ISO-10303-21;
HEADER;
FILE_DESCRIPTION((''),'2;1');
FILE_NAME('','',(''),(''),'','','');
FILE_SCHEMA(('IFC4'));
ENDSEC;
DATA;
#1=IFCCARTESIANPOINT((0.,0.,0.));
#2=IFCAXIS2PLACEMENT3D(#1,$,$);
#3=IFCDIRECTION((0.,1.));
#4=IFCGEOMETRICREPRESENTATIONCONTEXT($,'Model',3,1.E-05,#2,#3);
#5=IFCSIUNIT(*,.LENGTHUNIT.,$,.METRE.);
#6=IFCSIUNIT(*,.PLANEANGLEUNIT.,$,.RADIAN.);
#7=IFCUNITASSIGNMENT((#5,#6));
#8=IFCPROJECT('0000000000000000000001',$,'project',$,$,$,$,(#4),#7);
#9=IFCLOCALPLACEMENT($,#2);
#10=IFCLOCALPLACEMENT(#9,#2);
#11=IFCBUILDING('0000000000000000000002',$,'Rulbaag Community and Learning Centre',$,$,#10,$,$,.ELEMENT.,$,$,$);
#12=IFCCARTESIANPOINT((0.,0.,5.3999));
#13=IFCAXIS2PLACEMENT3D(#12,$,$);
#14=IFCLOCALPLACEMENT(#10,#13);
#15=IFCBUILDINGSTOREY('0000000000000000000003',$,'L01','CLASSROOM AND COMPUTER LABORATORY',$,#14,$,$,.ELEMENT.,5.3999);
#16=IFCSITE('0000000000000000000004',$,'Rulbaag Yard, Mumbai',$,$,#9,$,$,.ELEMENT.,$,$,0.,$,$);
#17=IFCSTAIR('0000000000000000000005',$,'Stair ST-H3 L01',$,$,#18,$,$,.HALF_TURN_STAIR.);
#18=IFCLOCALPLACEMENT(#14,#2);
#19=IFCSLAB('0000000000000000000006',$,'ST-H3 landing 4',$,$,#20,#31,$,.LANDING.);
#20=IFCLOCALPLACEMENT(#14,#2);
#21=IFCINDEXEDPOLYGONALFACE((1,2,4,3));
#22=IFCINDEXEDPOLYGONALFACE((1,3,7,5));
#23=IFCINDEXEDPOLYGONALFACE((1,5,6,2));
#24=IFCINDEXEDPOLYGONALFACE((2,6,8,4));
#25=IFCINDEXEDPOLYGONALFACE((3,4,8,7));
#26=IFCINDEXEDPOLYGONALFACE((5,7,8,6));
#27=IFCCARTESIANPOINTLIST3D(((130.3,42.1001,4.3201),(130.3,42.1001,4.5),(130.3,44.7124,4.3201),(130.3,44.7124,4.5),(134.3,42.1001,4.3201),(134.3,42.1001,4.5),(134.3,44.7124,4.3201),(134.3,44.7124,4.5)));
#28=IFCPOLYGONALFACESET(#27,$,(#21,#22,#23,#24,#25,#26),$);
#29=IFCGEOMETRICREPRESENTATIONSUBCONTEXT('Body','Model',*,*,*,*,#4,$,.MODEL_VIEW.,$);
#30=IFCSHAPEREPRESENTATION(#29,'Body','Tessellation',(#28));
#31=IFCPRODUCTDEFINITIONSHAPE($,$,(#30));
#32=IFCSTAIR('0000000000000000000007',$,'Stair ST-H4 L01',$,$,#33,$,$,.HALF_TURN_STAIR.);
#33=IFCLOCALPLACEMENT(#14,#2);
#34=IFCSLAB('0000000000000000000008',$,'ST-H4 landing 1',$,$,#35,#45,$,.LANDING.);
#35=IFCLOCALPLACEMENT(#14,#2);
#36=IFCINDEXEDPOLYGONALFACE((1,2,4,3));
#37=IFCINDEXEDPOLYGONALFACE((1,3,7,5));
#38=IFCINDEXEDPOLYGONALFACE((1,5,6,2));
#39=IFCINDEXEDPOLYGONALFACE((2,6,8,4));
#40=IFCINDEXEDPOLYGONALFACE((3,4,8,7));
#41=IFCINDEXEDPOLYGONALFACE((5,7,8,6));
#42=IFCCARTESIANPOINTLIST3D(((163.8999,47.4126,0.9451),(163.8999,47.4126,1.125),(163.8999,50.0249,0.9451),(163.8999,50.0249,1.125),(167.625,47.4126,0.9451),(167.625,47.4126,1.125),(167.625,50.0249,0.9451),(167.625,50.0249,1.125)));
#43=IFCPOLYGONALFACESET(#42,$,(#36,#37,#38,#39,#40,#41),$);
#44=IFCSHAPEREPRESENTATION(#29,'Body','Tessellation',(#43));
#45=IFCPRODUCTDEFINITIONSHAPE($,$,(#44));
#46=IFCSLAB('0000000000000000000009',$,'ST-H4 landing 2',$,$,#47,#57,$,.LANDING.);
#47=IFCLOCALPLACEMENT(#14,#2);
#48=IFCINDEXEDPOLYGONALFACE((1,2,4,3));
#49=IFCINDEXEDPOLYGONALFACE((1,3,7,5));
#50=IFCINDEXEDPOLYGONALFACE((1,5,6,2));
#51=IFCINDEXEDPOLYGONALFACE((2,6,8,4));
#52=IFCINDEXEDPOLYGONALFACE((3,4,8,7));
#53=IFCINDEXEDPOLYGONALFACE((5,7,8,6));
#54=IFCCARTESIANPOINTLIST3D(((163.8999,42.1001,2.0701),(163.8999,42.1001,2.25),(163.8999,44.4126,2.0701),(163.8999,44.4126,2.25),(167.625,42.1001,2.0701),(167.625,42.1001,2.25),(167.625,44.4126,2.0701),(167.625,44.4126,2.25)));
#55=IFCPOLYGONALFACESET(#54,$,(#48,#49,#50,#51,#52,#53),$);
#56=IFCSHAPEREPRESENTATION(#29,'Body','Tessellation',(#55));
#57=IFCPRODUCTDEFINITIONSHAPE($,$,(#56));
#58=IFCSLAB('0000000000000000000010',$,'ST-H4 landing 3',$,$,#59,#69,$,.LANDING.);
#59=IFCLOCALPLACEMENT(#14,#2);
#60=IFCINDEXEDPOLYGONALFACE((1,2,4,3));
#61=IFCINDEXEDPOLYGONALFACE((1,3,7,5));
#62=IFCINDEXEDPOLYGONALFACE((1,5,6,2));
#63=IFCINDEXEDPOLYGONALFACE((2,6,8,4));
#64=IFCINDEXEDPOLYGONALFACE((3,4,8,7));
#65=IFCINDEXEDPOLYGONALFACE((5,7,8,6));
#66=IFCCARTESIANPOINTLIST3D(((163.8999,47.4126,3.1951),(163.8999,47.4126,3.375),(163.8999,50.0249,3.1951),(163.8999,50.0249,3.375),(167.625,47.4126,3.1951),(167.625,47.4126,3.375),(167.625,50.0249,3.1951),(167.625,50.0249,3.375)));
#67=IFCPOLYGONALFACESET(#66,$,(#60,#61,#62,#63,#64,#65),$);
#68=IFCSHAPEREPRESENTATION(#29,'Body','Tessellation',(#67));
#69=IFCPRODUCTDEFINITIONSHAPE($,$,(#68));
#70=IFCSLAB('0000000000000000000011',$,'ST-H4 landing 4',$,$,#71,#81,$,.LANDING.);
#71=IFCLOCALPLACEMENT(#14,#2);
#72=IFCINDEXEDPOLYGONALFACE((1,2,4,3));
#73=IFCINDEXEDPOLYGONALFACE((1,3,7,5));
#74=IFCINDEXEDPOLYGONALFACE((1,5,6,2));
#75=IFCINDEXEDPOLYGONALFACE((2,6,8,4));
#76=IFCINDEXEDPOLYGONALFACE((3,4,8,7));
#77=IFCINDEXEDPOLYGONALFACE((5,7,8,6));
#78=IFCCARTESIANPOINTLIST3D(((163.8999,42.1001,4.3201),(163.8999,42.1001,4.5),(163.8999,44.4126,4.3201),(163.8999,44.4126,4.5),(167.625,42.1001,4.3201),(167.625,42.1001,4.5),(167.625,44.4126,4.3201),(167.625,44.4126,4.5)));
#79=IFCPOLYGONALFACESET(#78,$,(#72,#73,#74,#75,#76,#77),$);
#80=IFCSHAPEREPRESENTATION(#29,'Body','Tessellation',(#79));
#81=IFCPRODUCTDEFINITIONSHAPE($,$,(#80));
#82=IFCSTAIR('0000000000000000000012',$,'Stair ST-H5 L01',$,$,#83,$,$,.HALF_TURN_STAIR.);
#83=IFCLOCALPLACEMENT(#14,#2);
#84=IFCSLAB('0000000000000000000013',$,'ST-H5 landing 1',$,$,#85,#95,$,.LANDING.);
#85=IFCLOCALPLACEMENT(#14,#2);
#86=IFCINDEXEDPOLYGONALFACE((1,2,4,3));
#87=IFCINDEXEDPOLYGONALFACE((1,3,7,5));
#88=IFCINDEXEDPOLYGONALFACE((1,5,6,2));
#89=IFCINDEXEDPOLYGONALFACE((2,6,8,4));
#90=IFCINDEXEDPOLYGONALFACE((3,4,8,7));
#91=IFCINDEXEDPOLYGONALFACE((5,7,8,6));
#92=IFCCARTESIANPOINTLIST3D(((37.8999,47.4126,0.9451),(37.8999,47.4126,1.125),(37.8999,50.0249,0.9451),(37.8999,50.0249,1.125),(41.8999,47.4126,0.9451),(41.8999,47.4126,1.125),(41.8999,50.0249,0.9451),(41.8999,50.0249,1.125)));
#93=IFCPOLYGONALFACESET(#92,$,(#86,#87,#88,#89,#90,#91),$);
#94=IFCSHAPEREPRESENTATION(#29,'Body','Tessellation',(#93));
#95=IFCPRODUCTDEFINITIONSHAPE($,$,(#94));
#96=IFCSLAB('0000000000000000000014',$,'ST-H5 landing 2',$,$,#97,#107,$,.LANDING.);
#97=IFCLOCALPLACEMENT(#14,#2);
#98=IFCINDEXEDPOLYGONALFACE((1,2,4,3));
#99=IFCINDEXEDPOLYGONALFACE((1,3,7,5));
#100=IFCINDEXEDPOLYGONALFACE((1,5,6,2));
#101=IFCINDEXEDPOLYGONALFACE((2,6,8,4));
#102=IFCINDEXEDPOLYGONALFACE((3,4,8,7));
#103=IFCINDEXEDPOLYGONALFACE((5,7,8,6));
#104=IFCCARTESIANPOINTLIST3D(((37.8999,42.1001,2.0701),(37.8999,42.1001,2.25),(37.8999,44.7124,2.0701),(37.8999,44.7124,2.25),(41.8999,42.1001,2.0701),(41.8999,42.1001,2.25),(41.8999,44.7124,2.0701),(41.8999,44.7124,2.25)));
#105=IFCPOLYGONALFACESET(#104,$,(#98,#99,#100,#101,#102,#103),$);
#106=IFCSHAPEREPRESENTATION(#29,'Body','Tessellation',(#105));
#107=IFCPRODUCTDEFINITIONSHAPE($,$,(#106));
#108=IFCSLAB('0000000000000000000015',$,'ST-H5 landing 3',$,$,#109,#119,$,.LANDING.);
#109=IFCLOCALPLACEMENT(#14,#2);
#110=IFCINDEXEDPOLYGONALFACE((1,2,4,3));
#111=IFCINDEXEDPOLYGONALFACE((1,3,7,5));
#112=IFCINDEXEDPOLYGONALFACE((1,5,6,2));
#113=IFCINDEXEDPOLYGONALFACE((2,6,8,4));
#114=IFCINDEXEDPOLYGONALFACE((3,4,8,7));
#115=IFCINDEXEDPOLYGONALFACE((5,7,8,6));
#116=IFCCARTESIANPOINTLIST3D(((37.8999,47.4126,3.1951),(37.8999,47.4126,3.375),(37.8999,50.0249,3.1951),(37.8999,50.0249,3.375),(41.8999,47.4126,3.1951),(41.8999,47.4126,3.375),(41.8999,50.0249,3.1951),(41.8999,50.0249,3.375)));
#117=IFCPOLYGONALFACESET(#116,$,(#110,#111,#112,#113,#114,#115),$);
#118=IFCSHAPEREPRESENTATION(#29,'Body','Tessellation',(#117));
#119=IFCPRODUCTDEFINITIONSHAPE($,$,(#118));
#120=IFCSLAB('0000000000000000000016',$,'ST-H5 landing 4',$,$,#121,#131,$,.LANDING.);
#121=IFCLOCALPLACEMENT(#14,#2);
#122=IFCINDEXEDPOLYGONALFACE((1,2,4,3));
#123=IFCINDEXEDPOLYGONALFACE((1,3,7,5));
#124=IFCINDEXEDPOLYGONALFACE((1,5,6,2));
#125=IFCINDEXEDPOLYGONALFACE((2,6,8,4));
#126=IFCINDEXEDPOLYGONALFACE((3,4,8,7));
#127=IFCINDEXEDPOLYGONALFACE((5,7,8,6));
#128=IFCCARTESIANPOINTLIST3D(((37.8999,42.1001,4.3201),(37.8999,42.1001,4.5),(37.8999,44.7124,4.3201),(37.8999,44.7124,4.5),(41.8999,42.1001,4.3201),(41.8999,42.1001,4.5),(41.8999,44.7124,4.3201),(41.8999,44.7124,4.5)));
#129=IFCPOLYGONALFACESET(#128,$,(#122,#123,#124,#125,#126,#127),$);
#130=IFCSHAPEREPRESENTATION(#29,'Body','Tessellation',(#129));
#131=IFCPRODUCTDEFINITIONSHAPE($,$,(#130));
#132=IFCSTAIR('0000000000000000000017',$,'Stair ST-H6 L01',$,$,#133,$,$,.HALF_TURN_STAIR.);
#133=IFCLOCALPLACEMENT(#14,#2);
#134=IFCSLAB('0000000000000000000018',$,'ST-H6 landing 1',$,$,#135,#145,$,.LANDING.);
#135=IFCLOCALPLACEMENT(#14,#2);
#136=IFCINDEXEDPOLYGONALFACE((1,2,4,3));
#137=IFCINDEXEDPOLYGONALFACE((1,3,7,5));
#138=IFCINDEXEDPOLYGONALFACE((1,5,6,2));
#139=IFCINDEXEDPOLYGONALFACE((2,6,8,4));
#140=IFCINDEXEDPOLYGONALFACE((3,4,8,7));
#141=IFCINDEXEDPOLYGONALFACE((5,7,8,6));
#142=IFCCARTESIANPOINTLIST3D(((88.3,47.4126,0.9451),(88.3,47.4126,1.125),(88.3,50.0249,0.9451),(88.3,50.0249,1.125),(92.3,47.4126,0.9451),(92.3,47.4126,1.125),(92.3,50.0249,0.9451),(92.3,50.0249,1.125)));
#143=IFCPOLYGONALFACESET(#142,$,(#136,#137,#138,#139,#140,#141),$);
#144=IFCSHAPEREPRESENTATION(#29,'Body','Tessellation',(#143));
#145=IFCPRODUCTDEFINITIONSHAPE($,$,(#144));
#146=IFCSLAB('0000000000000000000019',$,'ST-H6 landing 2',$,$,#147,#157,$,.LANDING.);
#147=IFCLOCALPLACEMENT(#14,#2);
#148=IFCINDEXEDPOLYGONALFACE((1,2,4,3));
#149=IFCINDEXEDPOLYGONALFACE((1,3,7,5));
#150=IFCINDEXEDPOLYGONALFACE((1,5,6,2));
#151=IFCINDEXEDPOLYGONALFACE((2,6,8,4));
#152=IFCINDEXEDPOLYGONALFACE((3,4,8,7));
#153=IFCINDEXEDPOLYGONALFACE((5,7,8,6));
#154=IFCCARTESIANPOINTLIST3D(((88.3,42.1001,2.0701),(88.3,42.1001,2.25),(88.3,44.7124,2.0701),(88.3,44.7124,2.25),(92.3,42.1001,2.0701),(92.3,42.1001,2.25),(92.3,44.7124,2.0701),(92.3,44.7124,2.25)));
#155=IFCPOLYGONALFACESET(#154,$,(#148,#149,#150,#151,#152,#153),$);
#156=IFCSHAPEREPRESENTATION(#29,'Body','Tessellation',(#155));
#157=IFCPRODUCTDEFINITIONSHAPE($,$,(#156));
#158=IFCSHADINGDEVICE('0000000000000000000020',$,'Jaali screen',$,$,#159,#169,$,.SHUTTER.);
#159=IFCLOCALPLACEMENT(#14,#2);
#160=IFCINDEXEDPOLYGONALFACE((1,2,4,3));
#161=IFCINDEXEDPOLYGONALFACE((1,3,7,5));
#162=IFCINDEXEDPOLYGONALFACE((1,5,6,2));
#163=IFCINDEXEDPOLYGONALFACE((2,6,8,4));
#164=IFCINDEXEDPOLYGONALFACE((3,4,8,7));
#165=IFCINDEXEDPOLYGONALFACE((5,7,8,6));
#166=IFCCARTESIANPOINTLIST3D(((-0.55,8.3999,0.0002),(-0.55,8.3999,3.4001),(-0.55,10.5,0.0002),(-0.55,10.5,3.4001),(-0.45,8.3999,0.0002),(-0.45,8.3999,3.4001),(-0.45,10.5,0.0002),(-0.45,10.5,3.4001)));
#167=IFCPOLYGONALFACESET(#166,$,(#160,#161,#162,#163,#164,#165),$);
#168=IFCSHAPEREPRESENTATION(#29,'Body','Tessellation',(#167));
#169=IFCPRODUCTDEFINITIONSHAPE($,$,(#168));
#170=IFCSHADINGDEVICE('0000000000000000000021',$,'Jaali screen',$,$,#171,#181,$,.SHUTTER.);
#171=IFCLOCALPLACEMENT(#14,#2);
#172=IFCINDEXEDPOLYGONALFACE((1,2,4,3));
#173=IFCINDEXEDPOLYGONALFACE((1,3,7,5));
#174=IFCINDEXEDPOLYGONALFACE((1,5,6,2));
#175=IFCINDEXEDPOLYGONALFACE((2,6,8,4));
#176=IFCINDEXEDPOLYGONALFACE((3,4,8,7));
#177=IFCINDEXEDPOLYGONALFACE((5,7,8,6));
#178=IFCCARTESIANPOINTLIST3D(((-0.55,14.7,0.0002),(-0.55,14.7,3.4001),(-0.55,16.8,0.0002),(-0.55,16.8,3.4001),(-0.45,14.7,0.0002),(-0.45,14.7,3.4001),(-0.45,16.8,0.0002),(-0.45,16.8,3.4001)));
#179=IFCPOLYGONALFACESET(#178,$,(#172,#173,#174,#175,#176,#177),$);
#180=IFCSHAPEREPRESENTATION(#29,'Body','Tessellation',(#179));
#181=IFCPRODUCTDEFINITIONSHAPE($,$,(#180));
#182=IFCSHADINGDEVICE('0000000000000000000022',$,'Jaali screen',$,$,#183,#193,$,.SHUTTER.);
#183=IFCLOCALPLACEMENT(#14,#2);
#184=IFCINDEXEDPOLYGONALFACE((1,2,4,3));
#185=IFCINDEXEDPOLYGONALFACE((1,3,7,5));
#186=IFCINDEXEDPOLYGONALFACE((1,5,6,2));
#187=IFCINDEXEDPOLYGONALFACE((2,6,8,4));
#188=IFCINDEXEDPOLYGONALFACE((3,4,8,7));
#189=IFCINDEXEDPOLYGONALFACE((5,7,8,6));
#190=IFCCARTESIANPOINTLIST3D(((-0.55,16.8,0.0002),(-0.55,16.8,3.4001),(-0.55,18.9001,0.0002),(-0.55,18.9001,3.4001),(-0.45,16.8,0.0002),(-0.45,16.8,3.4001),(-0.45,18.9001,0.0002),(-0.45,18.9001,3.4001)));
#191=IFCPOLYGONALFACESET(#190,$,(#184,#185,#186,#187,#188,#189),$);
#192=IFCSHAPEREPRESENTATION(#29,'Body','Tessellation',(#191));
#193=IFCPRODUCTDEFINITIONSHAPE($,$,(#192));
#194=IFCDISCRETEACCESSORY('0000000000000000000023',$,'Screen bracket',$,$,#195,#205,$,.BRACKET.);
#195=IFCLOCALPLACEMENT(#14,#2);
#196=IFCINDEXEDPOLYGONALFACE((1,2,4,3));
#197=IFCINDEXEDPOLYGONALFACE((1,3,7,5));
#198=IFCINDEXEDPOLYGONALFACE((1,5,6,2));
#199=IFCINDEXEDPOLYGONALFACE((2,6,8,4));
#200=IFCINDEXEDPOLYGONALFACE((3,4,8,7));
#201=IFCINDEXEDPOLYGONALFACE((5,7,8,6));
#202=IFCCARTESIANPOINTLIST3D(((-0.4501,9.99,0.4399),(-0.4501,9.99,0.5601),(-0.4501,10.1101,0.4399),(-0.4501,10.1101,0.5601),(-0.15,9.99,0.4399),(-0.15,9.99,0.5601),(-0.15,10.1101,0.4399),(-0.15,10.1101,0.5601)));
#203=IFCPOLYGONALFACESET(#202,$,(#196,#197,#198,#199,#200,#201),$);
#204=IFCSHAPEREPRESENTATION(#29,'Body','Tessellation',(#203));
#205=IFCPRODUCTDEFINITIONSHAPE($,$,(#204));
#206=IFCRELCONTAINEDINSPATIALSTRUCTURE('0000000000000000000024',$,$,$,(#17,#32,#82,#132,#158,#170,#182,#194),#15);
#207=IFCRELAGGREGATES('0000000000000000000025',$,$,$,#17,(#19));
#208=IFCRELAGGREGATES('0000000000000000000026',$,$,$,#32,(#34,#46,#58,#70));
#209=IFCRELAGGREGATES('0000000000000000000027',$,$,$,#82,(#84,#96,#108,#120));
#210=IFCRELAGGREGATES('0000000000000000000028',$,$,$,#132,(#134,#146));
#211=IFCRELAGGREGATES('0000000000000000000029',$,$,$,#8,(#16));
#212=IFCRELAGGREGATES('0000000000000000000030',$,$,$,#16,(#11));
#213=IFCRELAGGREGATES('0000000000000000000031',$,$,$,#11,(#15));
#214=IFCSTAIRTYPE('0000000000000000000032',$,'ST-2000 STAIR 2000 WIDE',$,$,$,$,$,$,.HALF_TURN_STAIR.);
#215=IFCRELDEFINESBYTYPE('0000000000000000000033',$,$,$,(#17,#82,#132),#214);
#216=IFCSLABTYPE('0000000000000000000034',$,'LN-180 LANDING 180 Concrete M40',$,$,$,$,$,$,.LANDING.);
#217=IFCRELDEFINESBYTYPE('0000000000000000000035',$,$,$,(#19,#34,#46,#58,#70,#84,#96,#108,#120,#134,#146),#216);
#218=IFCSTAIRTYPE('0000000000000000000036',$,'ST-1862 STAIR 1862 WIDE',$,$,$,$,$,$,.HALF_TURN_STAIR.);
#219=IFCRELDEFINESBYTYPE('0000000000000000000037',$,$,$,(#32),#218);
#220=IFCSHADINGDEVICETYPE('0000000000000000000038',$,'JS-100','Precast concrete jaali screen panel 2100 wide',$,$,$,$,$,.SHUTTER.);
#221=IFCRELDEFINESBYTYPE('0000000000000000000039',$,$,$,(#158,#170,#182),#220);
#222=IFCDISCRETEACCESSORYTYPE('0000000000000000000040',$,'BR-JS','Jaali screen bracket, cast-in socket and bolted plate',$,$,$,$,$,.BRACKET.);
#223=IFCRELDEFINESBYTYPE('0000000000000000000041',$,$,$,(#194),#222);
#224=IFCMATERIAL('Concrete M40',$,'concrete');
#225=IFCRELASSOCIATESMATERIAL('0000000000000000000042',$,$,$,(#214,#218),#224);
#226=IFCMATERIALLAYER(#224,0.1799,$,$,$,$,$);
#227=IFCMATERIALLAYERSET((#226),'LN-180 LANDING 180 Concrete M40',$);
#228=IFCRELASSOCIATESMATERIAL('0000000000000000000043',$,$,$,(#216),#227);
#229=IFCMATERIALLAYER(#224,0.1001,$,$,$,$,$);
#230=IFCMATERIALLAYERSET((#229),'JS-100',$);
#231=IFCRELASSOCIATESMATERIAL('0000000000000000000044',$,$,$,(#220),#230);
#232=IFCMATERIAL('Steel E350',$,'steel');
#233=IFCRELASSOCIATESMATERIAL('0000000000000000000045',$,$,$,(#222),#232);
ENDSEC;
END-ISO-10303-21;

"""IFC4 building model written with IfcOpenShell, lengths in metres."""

from ifc_helpers import new_model, si_unit, direction, frame, origin, origin_2d, place, context, subcontext, project, spatial, polyline, rectangle, outline, extrude, material, layer, layer_set, type_object, element, aggregate, save


model = new_model("IFC4")

# Units and contexts
model_context = context("Model", 3, precision=1e-05, world=origin(), true_north=direction((0.0, 1.0)))
body_context = subcontext(model_context, "Body", "Model", "MODEL_VIEW")
ifc_project = project(units=[si_unit("LENGTHUNIT", "METRE"), si_unit("PLANEANGLEUNIT", "RADIAN")], contexts=[model_context])

# Site, building, storey
site_placement = place(None, origin())
site = spatial("IfcSite", under=ifc_project, at=site_placement, Name="Rulbaag Yard, Mumbai", CompositionType="ELEMENT", RefElevation=0.0)
building_placement = place(site_placement, origin())
building = spatial("IfcBuilding", under=site, at=building_placement, Name="Rulbaag Community and Learning Centre", CompositionType="ELEMENT")
storey_placement = place(building_placement, frame((0.0, 0.0, 5.3999)))
storey = spatial("IfcBuildingStorey", under=building, at=storey_placement, Name="L01", Description="CLASSROOM AND COMPUTER LABORATORY", CompositionType="ELEMENT", Elevation=5.3999)

# Stair, slab
ifc_material_1 = material(Name="Concrete M40", Category="concrete")
stair_type_1 = type_object("IfcStairType", Name="ST-2000 STAIR 2000 WIDE", PredefinedType="HALF_TURN_STAIR", material=ifc_material_1)
stair_1_placement = place(storey_placement, origin())
stair_1 = element("IfcStair", 1, at=stair_1_placement, inside=storey, type_object=stair_type_1, Name="Stair ST-H3 L01", PredefinedType="HALF_TURN_STAIR")
ifc_layer_1 = layer(ifc_material_1, 0.1799)
ifc_layer_set_1 = layer_set([ifc_layer_1], Name="LN-180 LANDING 180 Concrete M40")
slab_type = type_object("IfcSlabType", Name="LN-180 LANDING 180 Concrete M40", PredefinedType="LANDING", material=ifc_layer_set_1)
slab_1_placement = place(storey_placement, frame((0.0, 0.0, 4.3201)))
slab_1 = element("IfcSlab", 2, at=slab_1_placement, type_object=slab_type, Name="ST-H3 landing 4", PredefinedType="LANDING", context=body_context, shape_type="SweptSolid", body=[
    extrude(outline(polyline([(130.3, 42.1001), (130.3, 44.7124), (134.3, 44.7124), (134.3, 42.1001), (130.3, 42.1001)])), origin(), (0.0, 0.0, 1.0), 0.1799),
])
aggregate(stair_1, [slab_1])

# Stairs, slabs
stair_type_2 = type_object("IfcStairType", Name="ST-1862 STAIR 1862 WIDE", PredefinedType="HALF_TURN_STAIR", material=ifc_material_1)
stair_2_placement = place(storey_placement, origin())
stair_2 = element("IfcStair", 3, at=stair_2_placement, inside=storey, type_object=stair_type_2, Name="Stair ST-H4 L01", PredefinedType="HALF_TURN_STAIR")
slab_2_placement = place(storey_placement, frame((0.0, 0.0, 0.9451)))
slab_2 = element("IfcSlab", 4, at=slab_2_placement, type_object=slab_type, Name="ST-H4 landing 1", PredefinedType="LANDING", context=body_context, shape_type="SweptSolid", body=[
    extrude(outline(polyline([(163.8999, 47.4126), (163.8999, 50.0249), (167.625, 50.0249), (167.625, 47.4126), (163.8999, 47.4126)])), origin(), (0.0, 0.0, 1.0), 0.1799),
])
slab_3_placement = place(storey_placement, frame((0.0, 0.0, 2.0701)))
slab_3 = element("IfcSlab", 5, at=slab_3_placement, type_object=slab_type, Name="ST-H4 landing 2", PredefinedType="LANDING", context=body_context, shape_type="SweptSolid", body=[
    extrude(outline(polyline([(163.8999, 42.1001), (163.8999, 44.4126), (167.625, 44.4126), (167.625, 42.1001), (163.8999, 42.1001)])), origin(), (0.0, 0.0, 1.0), 0.1799),
])
slab_4_placement = place(storey_placement, frame((0.0, 0.0, 3.1951)))
slab_4 = element("IfcSlab", 6, at=slab_4_placement, type_object=slab_type, Name="ST-H4 landing 3", PredefinedType="LANDING", context=body_context, shape_type="SweptSolid", body=[
    extrude(outline(polyline([(163.8999, 47.4126), (163.8999, 50.0249), (167.625, 50.0249), (167.625, 47.4126), (163.8999, 47.4126)])), origin(), (0.0, 0.0, 1.0), 0.1799),
])
slab_5_placement = place(storey_placement, frame((0.0, 0.0, 4.3201)))
slab_5 = element("IfcSlab", 7, at=slab_5_placement, type_object=slab_type, Name="ST-H4 landing 4", PredefinedType="LANDING", context=body_context, shape_type="SweptSolid", body=[
    extrude(outline(polyline([(163.8999, 42.1001), (163.8999, 44.4126), (167.625, 44.4126), (167.625, 42.1001), (163.8999, 42.1001)])), origin(), (0.0, 0.0, 1.0), 0.1799),
])
aggregate(stair_2, [slab_2, slab_3, slab_4, slab_5])
stair_3_placement = place(storey_placement, origin())
stair_3 = element("IfcStair", 8, at=stair_3_placement, inside=storey, type_object=stair_type_1, Name="Stair ST-H5 L01", PredefinedType="HALF_TURN_STAIR")
slab_6_placement = place(storey_placement, frame((0.0, 0.0, 0.9451)))
slab_6 = element("IfcSlab", 9, at=slab_6_placement, type_object=slab_type, Name="ST-H5 landing 1", PredefinedType="LANDING", context=body_context, shape_type="SweptSolid", body=[
    extrude(outline(polyline([(37.8999, 47.4126), (37.8999, 50.0249), (41.8999, 50.0249), (41.8999, 47.4126), (37.8999, 47.4126)])), origin(), (0.0, 0.0, 1.0), 0.1799),
])
slab_7_placement = place(storey_placement, frame((0.0, 0.0, 2.0701)))
slab_7 = element("IfcSlab", 10, at=slab_7_placement, type_object=slab_type, Name="ST-H5 landing 2", PredefinedType="LANDING", context=body_context, shape_type="SweptSolid", body=[
    extrude(outline(polyline([(37.8999, 42.1001), (37.8999, 44.7124), (41.8999, 44.7124), (41.8999, 42.1001), (37.8999, 42.1001)])), origin(), (0.0, 0.0, 1.0), 0.1799),
])
slab_8_placement = place(storey_placement, frame((0.0, 0.0, 3.1951)))
slab_8 = element("IfcSlab", 11, at=slab_8_placement, type_object=slab_type, Name="ST-H5 landing 3", PredefinedType="LANDING", context=body_context, shape_type="SweptSolid", body=[
    extrude(outline(polyline([(37.8999, 47.4126), (37.8999, 50.0249), (41.8999, 50.0249), (41.8999, 47.4126), (37.8999, 47.4126)])), origin(), (0.0, 0.0, 1.0), 0.1799),
])
slab_9_placement = place(storey_placement, frame((0.0, 0.0, 4.3201)))
slab_9 = element("IfcSlab", 12, at=slab_9_placement, type_object=slab_type, Name="ST-H5 landing 4", PredefinedType="LANDING", context=body_context, shape_type="SweptSolid", body=[
    extrude(outline(polyline([(37.8999, 42.1001), (37.8999, 44.7124), (41.8999, 44.7124), (41.8999, 42.1001), (37.8999, 42.1001)])), origin(), (0.0, 0.0, 1.0), 0.1799),
])
aggregate(stair_3, [slab_6, slab_7, slab_8, slab_9])
stair_4_placement = place(storey_placement, origin())
stair_4 = element("IfcStair", 13, at=stair_4_placement, inside=storey, type_object=stair_type_1, Name="Stair ST-H6 L01", PredefinedType="HALF_TURN_STAIR")
slab_10_placement = place(storey_placement, frame((0.0, 0.0, 0.9451)))
slab_10 = element("IfcSlab", 14, at=slab_10_placement, type_object=slab_type, Name="ST-H6 landing 1", PredefinedType="LANDING", context=body_context, shape_type="SweptSolid", body=[
    extrude(outline(polyline([(88.3, 47.4126), (88.3, 50.0249), (92.3, 50.0249), (92.3, 47.4126), (88.3, 47.4126)])), origin(), (0.0, 0.0, 1.0), 0.1799),
])
slab_11_placement = place(storey_placement, frame((0.0, 0.0, 2.0701)))
slab_11 = element("IfcSlab", 15, at=slab_11_placement, type_object=slab_type, Name="ST-H6 landing 2", PredefinedType="LANDING", context=body_context, shape_type="SweptSolid", body=[
    extrude(outline(polyline([(88.3, 42.1001), (88.3, 44.7124), (92.3, 44.7124), (92.3, 42.1001), (88.3, 42.1001)])), origin(), (0.0, 0.0, 1.0), 0.1799),
])
aggregate(stair_4, [slab_10, slab_11])

# Shading devices
ifc_layer_2 = layer(ifc_material_1, 0.1001)
ifc_layer_set_2 = layer_set([ifc_layer_2], Name="JS-100")
shading_device_type = type_object("IfcShadingDeviceType", Name="JS-100", Description="Precast concrete jaali screen panel 2100 wide", PredefinedType="SHUTTER", material=ifc_layer_set_2)
for number, where, z_axis, x_axis, name in (
    (16, (-0.5, 9.45, 0.0002), (0.0, 0.0, 1.0), (1.0, 0.0, 0.0), "Jaali screen"),
    (17, (-0.5, 15.75, 0.0002), (0.0, 0.0, 1.0), (1.0, 0.0, 0.0), "Jaali screen"),
    (18, (-0.5, 17.8501, 0.0002), (0.0, 0.0, 1.0), (1.0, 0.0, 0.0), "Jaali screen"),
):
    element("IfcShadingDevice", number, at=place(storey_placement, frame(where, z_axis=z_axis, x_axis=x_axis)), inside=storey, type_object=shading_device_type, Name=name, PredefinedType="SHUTTER", context=body_context, shape_type="SweptSolid", body=[
        extrude(rectangle(XDim=0.1001, YDim=2.1001, at=origin_2d()), origin(), (0.0, 0.0, 1.0), 3.3999),
    ])

# Discrete accessory
ifc_material_2 = material(Name="Steel E350", Category="steel")
discrete_accessory_type = type_object("IfcDiscreteAccessoryType", Name="BR-JS", Description="Jaali screen bracket, cast-in socket and bolted plate", PredefinedType="BRACKET", material=ifc_material_2)
for number, where, z_axis, x_axis, name in (
    (19, (-0.3, 10.05, 0.4399), (0.0, 0.0, 1.0), (1.0, 0.0, 0.0), "Screen bracket"),
):
    element("IfcDiscreteAccessory", number, at=place(storey_placement, frame(where, z_axis=z_axis, x_axis=x_axis)), inside=storey, type_object=discrete_accessory_type, Name=name, PredefinedType="BRACKET", context=body_context, shape_type="SweptSolid", body=[
        extrude(rectangle(XDim=0.3, YDim=0.1201, at=origin_2d()), origin(), (0.0, 0.0, 1.0), 0.1201),
    ])

save(model, "model.ifc")
